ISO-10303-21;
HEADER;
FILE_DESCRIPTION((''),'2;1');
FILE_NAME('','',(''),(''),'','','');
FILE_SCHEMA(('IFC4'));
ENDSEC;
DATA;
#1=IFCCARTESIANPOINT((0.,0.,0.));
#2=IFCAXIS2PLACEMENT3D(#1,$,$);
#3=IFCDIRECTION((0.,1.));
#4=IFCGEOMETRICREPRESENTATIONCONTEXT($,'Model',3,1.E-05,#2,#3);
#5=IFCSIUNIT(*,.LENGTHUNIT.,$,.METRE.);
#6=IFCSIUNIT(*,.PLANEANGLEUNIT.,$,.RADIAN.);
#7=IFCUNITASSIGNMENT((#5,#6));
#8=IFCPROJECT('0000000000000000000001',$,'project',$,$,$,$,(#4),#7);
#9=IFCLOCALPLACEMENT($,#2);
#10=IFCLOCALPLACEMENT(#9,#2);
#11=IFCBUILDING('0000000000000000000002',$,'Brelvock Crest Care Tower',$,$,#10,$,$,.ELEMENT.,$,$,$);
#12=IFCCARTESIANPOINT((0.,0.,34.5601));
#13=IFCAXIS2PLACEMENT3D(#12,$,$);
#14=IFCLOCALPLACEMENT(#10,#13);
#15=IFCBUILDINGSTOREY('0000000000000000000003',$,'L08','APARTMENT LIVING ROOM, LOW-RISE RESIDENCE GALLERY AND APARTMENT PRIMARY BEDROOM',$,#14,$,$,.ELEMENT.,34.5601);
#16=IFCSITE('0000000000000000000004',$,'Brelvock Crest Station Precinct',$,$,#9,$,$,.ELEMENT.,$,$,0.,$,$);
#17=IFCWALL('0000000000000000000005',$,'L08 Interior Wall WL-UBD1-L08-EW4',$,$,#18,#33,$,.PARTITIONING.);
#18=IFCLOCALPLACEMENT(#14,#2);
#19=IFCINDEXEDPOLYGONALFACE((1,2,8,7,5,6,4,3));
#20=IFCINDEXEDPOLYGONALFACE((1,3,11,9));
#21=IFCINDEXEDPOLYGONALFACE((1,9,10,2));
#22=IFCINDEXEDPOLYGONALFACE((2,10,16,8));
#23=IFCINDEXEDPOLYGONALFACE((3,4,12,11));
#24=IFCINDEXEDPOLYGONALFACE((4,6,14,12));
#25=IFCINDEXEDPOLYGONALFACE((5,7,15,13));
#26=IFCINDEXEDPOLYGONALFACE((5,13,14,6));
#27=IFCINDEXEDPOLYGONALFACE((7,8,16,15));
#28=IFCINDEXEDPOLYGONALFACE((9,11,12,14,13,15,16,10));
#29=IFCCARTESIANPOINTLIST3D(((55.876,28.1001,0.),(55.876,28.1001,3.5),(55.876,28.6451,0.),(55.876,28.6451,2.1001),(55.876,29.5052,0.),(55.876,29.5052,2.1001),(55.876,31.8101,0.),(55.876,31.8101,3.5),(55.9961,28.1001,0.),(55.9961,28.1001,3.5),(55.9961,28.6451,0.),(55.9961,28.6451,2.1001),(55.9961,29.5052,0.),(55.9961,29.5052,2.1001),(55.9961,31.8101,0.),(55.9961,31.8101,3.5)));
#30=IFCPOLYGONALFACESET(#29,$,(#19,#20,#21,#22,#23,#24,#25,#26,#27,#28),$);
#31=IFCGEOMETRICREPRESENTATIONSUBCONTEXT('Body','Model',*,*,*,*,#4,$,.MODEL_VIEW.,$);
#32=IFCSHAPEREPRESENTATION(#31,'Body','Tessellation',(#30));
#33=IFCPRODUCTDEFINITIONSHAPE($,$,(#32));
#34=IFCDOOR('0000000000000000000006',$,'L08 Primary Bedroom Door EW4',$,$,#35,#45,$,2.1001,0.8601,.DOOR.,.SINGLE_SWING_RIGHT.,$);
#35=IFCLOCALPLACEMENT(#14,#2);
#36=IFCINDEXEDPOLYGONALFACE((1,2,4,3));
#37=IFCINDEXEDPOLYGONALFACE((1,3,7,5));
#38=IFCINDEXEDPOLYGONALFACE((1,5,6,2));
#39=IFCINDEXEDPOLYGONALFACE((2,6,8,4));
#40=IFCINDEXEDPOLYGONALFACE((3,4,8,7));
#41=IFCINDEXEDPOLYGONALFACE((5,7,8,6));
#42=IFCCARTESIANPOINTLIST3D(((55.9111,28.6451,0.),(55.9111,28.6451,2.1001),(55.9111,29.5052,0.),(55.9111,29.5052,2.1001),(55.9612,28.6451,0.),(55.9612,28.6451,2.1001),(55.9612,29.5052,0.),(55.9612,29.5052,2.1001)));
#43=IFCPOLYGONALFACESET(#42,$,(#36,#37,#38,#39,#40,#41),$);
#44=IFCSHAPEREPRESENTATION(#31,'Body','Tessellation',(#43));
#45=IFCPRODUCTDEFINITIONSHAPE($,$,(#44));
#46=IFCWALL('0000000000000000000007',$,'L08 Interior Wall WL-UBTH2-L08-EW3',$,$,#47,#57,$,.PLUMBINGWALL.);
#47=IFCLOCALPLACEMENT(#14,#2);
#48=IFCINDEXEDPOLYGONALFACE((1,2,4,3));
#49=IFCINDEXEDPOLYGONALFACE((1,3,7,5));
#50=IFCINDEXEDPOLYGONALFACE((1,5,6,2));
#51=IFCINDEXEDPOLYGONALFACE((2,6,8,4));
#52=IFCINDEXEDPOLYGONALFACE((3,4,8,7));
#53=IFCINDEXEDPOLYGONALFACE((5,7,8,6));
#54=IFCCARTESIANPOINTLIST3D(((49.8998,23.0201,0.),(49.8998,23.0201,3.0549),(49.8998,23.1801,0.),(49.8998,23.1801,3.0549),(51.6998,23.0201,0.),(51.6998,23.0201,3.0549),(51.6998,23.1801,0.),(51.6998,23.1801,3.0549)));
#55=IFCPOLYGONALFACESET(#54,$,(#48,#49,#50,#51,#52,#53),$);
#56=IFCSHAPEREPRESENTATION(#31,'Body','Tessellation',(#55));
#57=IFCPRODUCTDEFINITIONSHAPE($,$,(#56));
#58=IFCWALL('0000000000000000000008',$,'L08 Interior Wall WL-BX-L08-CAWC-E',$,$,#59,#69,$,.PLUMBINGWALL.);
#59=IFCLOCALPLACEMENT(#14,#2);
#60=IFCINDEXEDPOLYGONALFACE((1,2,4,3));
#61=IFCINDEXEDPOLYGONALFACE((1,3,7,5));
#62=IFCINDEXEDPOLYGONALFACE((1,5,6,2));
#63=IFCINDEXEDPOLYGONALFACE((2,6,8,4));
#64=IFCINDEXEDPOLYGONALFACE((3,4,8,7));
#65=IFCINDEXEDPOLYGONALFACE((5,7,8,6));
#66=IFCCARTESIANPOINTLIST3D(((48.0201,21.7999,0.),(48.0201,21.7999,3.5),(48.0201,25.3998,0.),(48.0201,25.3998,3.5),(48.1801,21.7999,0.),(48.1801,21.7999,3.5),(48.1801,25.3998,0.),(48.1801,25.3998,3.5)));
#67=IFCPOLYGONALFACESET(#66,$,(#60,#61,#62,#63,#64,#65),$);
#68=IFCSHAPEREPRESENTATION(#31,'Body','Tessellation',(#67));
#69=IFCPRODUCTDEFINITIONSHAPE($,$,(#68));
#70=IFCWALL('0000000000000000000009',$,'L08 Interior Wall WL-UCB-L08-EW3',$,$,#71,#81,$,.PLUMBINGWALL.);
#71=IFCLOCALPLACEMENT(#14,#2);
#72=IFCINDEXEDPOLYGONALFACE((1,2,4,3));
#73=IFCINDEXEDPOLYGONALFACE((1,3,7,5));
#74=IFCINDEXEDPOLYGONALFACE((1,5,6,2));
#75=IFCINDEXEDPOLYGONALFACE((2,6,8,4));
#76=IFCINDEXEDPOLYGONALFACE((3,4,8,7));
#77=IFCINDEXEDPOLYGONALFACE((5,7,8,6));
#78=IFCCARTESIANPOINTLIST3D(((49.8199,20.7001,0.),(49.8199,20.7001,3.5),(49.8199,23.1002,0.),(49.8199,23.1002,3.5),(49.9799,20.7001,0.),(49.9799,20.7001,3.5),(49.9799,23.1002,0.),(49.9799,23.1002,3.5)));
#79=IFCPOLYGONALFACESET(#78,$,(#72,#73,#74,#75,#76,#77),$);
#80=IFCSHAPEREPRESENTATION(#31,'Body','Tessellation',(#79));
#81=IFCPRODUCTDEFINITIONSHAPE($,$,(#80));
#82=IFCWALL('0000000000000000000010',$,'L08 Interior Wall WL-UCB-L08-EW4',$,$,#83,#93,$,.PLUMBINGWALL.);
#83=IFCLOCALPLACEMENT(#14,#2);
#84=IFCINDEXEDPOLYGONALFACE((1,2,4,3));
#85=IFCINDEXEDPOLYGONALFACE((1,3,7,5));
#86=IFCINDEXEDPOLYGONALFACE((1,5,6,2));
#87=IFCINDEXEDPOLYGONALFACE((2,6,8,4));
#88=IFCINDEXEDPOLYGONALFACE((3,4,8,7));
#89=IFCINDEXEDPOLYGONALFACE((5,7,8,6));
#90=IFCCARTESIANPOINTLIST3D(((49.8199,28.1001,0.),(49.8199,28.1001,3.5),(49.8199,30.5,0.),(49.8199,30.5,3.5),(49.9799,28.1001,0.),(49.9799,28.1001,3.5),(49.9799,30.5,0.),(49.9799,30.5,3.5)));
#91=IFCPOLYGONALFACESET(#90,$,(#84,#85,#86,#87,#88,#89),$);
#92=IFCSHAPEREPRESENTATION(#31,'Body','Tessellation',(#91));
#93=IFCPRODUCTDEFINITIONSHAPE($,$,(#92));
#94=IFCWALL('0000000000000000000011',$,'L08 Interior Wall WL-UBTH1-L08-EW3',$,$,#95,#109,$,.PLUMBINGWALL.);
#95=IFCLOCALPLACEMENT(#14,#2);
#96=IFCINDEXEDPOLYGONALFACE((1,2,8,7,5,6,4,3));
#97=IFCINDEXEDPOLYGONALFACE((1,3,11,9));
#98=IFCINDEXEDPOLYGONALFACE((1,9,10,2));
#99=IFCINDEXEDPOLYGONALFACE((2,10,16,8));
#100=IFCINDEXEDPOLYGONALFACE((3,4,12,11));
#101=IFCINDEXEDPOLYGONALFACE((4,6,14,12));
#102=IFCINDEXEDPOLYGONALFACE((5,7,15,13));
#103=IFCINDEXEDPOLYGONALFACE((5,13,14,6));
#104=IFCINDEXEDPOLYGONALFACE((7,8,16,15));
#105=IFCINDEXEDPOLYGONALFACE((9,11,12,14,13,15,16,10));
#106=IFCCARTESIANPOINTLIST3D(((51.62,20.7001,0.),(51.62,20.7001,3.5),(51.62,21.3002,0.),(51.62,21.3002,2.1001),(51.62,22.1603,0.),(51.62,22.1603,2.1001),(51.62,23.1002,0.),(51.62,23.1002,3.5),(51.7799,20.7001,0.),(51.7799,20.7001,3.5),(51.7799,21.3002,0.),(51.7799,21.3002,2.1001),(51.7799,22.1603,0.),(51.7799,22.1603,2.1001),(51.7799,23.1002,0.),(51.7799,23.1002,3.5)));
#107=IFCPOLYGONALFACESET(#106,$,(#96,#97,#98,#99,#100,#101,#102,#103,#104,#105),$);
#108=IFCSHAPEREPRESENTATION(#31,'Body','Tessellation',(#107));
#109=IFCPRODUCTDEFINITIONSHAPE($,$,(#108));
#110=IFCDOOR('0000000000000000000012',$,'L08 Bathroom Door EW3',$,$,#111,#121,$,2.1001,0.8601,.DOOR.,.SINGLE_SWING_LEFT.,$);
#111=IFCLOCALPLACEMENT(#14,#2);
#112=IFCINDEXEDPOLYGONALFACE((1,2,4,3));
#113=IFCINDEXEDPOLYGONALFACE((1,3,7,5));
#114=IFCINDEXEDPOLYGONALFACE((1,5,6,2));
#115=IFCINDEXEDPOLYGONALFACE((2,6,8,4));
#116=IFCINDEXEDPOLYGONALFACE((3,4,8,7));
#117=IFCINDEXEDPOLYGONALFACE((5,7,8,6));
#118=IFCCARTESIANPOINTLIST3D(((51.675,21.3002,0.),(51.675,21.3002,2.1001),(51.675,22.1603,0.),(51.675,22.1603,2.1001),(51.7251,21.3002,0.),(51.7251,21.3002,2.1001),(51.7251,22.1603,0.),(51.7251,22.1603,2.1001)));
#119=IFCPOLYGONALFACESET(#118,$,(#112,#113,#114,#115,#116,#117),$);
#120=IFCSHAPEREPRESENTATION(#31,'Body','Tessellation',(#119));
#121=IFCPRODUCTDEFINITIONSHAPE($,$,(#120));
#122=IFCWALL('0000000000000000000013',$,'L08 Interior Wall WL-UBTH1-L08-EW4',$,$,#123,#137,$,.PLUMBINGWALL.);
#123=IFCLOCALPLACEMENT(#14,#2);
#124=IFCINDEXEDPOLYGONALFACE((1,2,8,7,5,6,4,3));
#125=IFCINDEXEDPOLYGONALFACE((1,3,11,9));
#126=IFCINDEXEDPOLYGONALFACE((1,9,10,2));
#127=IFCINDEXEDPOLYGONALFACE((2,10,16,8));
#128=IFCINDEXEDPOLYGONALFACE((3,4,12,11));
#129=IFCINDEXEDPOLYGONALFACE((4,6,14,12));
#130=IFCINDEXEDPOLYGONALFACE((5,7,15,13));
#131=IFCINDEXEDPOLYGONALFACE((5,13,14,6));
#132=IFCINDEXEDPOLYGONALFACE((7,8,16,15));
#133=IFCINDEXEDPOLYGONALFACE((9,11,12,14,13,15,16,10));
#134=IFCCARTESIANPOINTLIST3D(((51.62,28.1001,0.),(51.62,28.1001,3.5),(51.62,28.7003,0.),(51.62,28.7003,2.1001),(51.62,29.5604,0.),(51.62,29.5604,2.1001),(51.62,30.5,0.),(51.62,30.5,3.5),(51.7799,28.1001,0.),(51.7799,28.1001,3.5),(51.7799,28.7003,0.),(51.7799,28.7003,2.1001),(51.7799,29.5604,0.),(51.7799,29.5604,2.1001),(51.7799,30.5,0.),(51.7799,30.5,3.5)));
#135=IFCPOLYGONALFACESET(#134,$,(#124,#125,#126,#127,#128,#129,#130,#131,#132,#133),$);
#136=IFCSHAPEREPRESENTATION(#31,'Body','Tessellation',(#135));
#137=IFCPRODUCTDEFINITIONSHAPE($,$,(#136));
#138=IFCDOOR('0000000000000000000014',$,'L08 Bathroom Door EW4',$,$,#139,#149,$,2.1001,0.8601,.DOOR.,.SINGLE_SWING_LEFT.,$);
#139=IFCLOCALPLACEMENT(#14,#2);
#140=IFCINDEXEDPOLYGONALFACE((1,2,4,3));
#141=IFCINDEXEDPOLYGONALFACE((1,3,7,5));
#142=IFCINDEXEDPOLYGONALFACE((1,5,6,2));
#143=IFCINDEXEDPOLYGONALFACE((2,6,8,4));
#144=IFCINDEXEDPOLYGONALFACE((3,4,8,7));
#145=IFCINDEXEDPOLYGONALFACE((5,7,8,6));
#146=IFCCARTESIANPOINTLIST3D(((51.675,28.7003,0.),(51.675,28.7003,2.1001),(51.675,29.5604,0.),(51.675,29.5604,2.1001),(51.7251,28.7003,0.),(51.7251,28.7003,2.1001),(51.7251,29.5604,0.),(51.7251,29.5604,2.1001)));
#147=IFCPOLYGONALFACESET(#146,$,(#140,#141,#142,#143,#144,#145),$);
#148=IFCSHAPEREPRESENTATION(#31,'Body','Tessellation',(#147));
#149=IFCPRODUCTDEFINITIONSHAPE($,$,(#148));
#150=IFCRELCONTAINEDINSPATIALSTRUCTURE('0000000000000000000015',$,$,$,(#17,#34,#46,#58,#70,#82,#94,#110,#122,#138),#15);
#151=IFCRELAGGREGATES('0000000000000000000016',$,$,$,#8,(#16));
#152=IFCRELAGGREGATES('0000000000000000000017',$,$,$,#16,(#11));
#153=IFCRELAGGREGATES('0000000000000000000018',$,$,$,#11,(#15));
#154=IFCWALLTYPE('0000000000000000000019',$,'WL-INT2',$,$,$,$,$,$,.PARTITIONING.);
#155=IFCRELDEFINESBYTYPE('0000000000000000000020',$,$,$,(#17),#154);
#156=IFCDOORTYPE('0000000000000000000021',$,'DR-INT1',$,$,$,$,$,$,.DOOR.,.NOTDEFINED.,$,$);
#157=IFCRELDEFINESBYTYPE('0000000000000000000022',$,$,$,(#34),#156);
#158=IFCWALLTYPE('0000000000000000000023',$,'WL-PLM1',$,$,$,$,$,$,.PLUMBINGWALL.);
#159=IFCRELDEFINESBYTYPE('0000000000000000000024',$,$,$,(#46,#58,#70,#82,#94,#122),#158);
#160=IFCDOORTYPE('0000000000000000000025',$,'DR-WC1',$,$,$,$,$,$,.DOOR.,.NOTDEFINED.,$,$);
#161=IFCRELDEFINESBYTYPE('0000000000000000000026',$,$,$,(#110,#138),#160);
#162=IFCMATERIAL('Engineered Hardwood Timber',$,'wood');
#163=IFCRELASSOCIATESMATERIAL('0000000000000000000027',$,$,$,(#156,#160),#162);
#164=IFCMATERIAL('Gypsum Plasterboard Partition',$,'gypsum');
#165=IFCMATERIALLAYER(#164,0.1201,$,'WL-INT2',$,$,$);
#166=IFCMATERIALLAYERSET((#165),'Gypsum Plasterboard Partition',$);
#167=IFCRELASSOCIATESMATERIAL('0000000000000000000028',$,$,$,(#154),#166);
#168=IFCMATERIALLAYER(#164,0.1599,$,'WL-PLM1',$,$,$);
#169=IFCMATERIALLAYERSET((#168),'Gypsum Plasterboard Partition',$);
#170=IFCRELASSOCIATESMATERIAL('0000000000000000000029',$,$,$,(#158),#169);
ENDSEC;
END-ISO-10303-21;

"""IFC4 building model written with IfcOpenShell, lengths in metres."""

from ifc_helpers import new_model, si_unit, direction, frame, frame_2d, origin, origin_2d, place, context, subcontext, project, spatial, rectangle, extrude, source, transform, mapped, material, layer, layer_set, type_object, element, fill, save


model = new_model("IFC4")

# Units and contexts
model_context = context("Model", 3, precision=1e-05, world=origin(), true_north=direction((0.0, 1.0)))
body_context = subcontext(model_context, "Body", "Model", "MODEL_VIEW")
ifc_project = project(units=[si_unit("LENGTHUNIT", "METRE"), si_unit("PLANEANGLEUNIT", "RADIAN")], contexts=[model_context])

# Site, building, storey
site_placement = place(None, origin())
site = spatial("IfcSite", under=ifc_project, at=site_placement, Name="Brelvock Crest Station Precinct", CompositionType="ELEMENT", RefElevation=0.0)
building_placement = place(site_placement, origin())
building = spatial("IfcBuilding", under=site, at=building_placement, Name="Brelvock Crest Care Tower", CompositionType="ELEMENT")
storey_placement = place(building_placement, frame((0.0, 0.0, 34.5601)))
storey = spatial("IfcBuildingStorey", under=building, at=storey_placement, Name="L08", Description="APARTMENT LIVING ROOM, LOW-RISE RESIDENCE GALLERY AND APARTMENT PRIMARY BEDROOM", CompositionType="ELEMENT", Elevation=34.5601)

# Shared definitions
ifc_material_1 = material(Name="Engineered Hardwood Timber", Category="wood")
door_type_1 = type_object("IfcDoorType", Name="DR-INT1", OperationType="NOTDEFINED", PredefinedType="DOOR", material=ifc_material_1)
shared_shape_1 = source(origin(), body_context, "Body", "SweptSolid", [
    extrude(rectangle(XDim=0.8601, YDim=2.1001, at=origin_2d()), frame((0.4302, 0.0249, 1.05), z_axis=(0.0, -1.0, 0.0), x_axis=(1.0, 0.0, 0.0)), (0.0, 0.0, 1.0), 0.05),
])

# Shared definitions
ifc_material_2 = material(Name="Gypsum Plasterboard Partition", Category="gypsum")
ifc_layer_1 = layer(ifc_material_2, 0.1201, Name="WL-INT2")
ifc_layer_set_1 = layer_set([ifc_layer_1], Name="Gypsum Plasterboard Partition")
wall_type_1 = type_object("IfcWallType", Name="WL-INT2", PredefinedType="PARTITIONING", material=ifc_layer_set_1)

# Wall, opening, door
wall_1_placement = place(storey_placement, frame((55.936, 28.1001, 0.0), z_axis=(0.0, 0.0, 1.0), x_axis=(0.0, 1.0, 0.0)))
wall_1 = element("IfcWall", 1, at=wall_1_placement, inside=storey, type_object=wall_type_1, Name="L08 Interior Wall WL-UBD1-L08-EW4", PredefinedType="PARTITIONING", context=body_context, shape_type="SweptSolid", body=[
    extrude(rectangle(XDim=3.71, YDim=0.1201, at=frame_2d((1.855, 0.0))), origin(), (0.0, 0.0, 1.0), 3.5),
])
opening_1_placement = place(wall_1_placement, frame((0.5449, 0.0, 0.0)))
opening_1 = element("IfcOpeningElement", 2, at=opening_1_placement, cuts=wall_1, PredefinedType="OPENING", context=body_context, shape_type="SweptSolid", body=[
    extrude(rectangle(XDim=0.8601, YDim=2.1001, at=origin_2d()), frame((0.4302, 0.0701, 1.05), z_axis=(0.0, -1.0, 0.0), x_axis=(1.0, 0.0, 0.0)), (0.0, 0.0, 1.0), 0.1401),
])
door_1_placement = place(opening_1_placement, origin())
door_1 = element("IfcDoor", 3, at=door_1_placement, inside=storey, type_object=door_type_1, Name="L08 Primary Bedroom Door EW4", OperationType="SINGLE_SWING_RIGHT", OverallHeight=2.1001, OverallWidth=0.8601, PredefinedType="DOOR", context=body_context, shape_type="MappedRepresentation", body=[
    mapped(shared_shape_1, transform((0.0, 0.0, 0.0), x_axis=(1.0, 0.0, 0.0), y_axis=(0.0, 1.0, 0.0), z_axis=(0.0, 0.0, 1.0), scale=1.0)),
])
fill(opening_1, door_1)

# Walls
ifc_layer_2 = layer(ifc_material_2, 0.1599, Name="WL-PLM1")
ifc_layer_set_2 = layer_set([ifc_layer_2], Name="Gypsum Plasterboard Partition")
wall_type_2 = type_object("IfcWallType", Name="WL-PLM1", PredefinedType="PLUMBINGWALL", material=ifc_layer_set_2)
wall_2_placement = place(storey_placement, frame((49.8999, 23.1001, 0.0), z_axis=(0.0, 0.0, 1.0), x_axis=(1.0, 0.0, 0.0)))
element("IfcWall", 4, at=wall_2_placement, inside=storey, type_object=wall_type_2, Name="L08 Interior Wall WL-UBTH2-L08-EW3", PredefinedType="PLUMBINGWALL", context=body_context, shape_type="SweptSolid", body=[
    extrude(rectangle(XDim=1.8, YDim=0.1599, at=frame_2d((0.8999, 0.0))), origin(), (0.0, 0.0, 1.0), 3.0549),
])
wall_3_placement = place(storey_placement, frame((48.1001, 21.8, 0.0), z_axis=(0.0, 0.0, 1.0), x_axis=(0.0, 1.0, 0.0)))
element("IfcWall", 5, at=wall_3_placement, inside=storey, type_object=wall_type_2, Name="L08 Interior Wall WL-BX-L08-CAWC-E", PredefinedType="PLUMBINGWALL", context=body_context, shape_type="SweptSolid", body=[
    extrude(rectangle(XDim=3.5999, YDim=0.1599, at=frame_2d((1.7998, 0.0))), origin(), (0.0, 0.0, 1.0), 3.5),
])
wall_4_placement = place(storey_placement, frame((49.8999, 20.7, 0.0), z_axis=(0.0, 0.0, 1.0), x_axis=(0.0, 1.0, 0.0)))
element("IfcWall", 6, at=wall_4_placement, inside=storey, type_object=wall_type_2, Name="L08 Interior Wall WL-UCB-L08-EW3", PredefinedType="PLUMBINGWALL", context=body_context, shape_type="SweptSolid", body=[
    extrude(rectangle(XDim=2.4001, YDim=0.1599, at=frame_2d((1.2002, 0.0))), origin(), (0.0, 0.0, 1.0), 3.5),
])
wall_5_placement = place(storey_placement, frame((49.8999, 28.1001, 0.0), z_axis=(0.0, 0.0, 1.0), x_axis=(0.0, 1.0, 0.0)))
element("IfcWall", 7, at=wall_5_placement, inside=storey, type_object=wall_type_2, Name="L08 Interior Wall WL-UCB-L08-EW4", PredefinedType="PLUMBINGWALL", context=body_context, shape_type="SweptSolid", body=[
    extrude(rectangle(XDim=2.3999, YDim=0.1599, at=frame_2d((1.2, 0.0))), origin(), (0.0, 0.0, 1.0), 3.5),
])

# Walls, openings, doors
wall_6_placement = place(storey_placement, frame((51.7, 20.7, 0.0), z_axis=(0.0, 0.0, 1.0), x_axis=(0.0, 1.0, 0.0)))
wall_6 = element("IfcWall", 8, at=wall_6_placement, inside=storey, type_object=wall_type_2, Name="L08 Interior Wall WL-UBTH1-L08-EW3", PredefinedType="PLUMBINGWALL", context=body_context, shape_type="SweptSolid", body=[
    extrude(rectangle(XDim=2.4001, YDim=0.1599, at=frame_2d((1.2002, 0.0))), origin(), (0.0, 0.0, 1.0), 3.5),
])
opening_2_placement = place(wall_6_placement, frame((0.6001, 0.0, 0.0)))
opening_2 = element("IfcOpeningElement", 9, at=opening_2_placement, cuts=wall_6, PredefinedType="OPENING", context=body_context, shape_type="SweptSolid", body=[
    extrude(rectangle(XDim=0.8601, YDim=2.1001, at=origin_2d()), frame((0.4302, 0.0898, 1.05), z_axis=(0.0, -1.0, 0.0), x_axis=(1.0, 0.0, 0.0)), (0.0, 0.0, 1.0), 0.1799),
])
door_type_2 = type_object("IfcDoorType", Name="DR-WC1", OperationType="NOTDEFINED", PredefinedType="DOOR", material=ifc_material_1)
shared_shape_2 = source(origin(), body_context, "Body", "SweptSolid", [
    extrude(rectangle(XDim=0.8601, YDim=2.1001, at=origin_2d()), frame((0.4302, 0.0249, 1.05), z_axis=(0.0, -1.0, 0.0), x_axis=(1.0, 0.0, 0.0)), (0.0, 0.0, 1.0), 0.05),
])
door_2_placement = place(opening_2_placement, origin())
door_2 = element("IfcDoor", 10, at=door_2_placement, inside=storey, type_object=door_type_2, Name="L08 Bathroom Door EW3", OperationType="SINGLE_SWING_LEFT", OverallHeight=2.1001, OverallWidth=0.8601, PredefinedType="DOOR", context=body_context, shape_type="MappedRepresentation", body=[
    mapped(shared_shape_2, transform((0.0, 0.0, 0.0), x_axis=(1.0, 0.0, 0.0), y_axis=(0.0, 1.0, 0.0), z_axis=(0.0, 0.0, 1.0), scale=1.0)),
])
fill(opening_2, door_2)
wall_7_placement = place(storey_placement, frame((51.7, 28.1001, 0.0), z_axis=(0.0, 0.0, 1.0), x_axis=(0.0, 1.0, 0.0)))
wall_7 = element("IfcWall", 11, at=wall_7_placement, inside=storey, type_object=wall_type_2, Name="L08 Interior Wall WL-UBTH1-L08-EW4", PredefinedType="PLUMBINGWALL", context=body_context, shape_type="SweptSolid", body=[
    extrude(rectangle(XDim=2.3999, YDim=0.1599, at=frame_2d((1.2, 0.0))), origin(), (0.0, 0.0, 1.0), 3.5),
])
opening_3_placement = place(wall_7_placement, frame((0.6001, 0.0, 0.0)))
opening_3 = element("IfcOpeningElement", 12, at=opening_3_placement, cuts=wall_7, PredefinedType="OPENING", context=body_context, shape_type="SweptSolid", body=[
    extrude(rectangle(XDim=0.8601, YDim=2.1001, at=origin_2d()), frame((0.4302, 0.0898, 1.05), z_axis=(0.0, -1.0, 0.0), x_axis=(1.0, 0.0, 0.0)), (0.0, 0.0, 1.0), 0.1799),
])
door_3_placement = place(opening_3_placement, origin())
door_3 = element("IfcDoor", 13, at=door_3_placement, inside=storey, type_object=door_type_2, Name="L08 Bathroom Door EW4", OperationType="SINGLE_SWING_LEFT", OverallHeight=2.1001, OverallWidth=0.8601, PredefinedType="DOOR", context=body_context, shape_type="MappedRepresentation", body=[
    mapped(shared_shape_2, transform((0.0, 0.0, 0.0), x_axis=(1.0, 0.0, 0.0), y_axis=(0.0, 1.0, 0.0), z_axis=(0.0, 0.0, 1.0), scale=1.0)),
])
fill(opening_3, door_3)

save(model, "model.ifc")
